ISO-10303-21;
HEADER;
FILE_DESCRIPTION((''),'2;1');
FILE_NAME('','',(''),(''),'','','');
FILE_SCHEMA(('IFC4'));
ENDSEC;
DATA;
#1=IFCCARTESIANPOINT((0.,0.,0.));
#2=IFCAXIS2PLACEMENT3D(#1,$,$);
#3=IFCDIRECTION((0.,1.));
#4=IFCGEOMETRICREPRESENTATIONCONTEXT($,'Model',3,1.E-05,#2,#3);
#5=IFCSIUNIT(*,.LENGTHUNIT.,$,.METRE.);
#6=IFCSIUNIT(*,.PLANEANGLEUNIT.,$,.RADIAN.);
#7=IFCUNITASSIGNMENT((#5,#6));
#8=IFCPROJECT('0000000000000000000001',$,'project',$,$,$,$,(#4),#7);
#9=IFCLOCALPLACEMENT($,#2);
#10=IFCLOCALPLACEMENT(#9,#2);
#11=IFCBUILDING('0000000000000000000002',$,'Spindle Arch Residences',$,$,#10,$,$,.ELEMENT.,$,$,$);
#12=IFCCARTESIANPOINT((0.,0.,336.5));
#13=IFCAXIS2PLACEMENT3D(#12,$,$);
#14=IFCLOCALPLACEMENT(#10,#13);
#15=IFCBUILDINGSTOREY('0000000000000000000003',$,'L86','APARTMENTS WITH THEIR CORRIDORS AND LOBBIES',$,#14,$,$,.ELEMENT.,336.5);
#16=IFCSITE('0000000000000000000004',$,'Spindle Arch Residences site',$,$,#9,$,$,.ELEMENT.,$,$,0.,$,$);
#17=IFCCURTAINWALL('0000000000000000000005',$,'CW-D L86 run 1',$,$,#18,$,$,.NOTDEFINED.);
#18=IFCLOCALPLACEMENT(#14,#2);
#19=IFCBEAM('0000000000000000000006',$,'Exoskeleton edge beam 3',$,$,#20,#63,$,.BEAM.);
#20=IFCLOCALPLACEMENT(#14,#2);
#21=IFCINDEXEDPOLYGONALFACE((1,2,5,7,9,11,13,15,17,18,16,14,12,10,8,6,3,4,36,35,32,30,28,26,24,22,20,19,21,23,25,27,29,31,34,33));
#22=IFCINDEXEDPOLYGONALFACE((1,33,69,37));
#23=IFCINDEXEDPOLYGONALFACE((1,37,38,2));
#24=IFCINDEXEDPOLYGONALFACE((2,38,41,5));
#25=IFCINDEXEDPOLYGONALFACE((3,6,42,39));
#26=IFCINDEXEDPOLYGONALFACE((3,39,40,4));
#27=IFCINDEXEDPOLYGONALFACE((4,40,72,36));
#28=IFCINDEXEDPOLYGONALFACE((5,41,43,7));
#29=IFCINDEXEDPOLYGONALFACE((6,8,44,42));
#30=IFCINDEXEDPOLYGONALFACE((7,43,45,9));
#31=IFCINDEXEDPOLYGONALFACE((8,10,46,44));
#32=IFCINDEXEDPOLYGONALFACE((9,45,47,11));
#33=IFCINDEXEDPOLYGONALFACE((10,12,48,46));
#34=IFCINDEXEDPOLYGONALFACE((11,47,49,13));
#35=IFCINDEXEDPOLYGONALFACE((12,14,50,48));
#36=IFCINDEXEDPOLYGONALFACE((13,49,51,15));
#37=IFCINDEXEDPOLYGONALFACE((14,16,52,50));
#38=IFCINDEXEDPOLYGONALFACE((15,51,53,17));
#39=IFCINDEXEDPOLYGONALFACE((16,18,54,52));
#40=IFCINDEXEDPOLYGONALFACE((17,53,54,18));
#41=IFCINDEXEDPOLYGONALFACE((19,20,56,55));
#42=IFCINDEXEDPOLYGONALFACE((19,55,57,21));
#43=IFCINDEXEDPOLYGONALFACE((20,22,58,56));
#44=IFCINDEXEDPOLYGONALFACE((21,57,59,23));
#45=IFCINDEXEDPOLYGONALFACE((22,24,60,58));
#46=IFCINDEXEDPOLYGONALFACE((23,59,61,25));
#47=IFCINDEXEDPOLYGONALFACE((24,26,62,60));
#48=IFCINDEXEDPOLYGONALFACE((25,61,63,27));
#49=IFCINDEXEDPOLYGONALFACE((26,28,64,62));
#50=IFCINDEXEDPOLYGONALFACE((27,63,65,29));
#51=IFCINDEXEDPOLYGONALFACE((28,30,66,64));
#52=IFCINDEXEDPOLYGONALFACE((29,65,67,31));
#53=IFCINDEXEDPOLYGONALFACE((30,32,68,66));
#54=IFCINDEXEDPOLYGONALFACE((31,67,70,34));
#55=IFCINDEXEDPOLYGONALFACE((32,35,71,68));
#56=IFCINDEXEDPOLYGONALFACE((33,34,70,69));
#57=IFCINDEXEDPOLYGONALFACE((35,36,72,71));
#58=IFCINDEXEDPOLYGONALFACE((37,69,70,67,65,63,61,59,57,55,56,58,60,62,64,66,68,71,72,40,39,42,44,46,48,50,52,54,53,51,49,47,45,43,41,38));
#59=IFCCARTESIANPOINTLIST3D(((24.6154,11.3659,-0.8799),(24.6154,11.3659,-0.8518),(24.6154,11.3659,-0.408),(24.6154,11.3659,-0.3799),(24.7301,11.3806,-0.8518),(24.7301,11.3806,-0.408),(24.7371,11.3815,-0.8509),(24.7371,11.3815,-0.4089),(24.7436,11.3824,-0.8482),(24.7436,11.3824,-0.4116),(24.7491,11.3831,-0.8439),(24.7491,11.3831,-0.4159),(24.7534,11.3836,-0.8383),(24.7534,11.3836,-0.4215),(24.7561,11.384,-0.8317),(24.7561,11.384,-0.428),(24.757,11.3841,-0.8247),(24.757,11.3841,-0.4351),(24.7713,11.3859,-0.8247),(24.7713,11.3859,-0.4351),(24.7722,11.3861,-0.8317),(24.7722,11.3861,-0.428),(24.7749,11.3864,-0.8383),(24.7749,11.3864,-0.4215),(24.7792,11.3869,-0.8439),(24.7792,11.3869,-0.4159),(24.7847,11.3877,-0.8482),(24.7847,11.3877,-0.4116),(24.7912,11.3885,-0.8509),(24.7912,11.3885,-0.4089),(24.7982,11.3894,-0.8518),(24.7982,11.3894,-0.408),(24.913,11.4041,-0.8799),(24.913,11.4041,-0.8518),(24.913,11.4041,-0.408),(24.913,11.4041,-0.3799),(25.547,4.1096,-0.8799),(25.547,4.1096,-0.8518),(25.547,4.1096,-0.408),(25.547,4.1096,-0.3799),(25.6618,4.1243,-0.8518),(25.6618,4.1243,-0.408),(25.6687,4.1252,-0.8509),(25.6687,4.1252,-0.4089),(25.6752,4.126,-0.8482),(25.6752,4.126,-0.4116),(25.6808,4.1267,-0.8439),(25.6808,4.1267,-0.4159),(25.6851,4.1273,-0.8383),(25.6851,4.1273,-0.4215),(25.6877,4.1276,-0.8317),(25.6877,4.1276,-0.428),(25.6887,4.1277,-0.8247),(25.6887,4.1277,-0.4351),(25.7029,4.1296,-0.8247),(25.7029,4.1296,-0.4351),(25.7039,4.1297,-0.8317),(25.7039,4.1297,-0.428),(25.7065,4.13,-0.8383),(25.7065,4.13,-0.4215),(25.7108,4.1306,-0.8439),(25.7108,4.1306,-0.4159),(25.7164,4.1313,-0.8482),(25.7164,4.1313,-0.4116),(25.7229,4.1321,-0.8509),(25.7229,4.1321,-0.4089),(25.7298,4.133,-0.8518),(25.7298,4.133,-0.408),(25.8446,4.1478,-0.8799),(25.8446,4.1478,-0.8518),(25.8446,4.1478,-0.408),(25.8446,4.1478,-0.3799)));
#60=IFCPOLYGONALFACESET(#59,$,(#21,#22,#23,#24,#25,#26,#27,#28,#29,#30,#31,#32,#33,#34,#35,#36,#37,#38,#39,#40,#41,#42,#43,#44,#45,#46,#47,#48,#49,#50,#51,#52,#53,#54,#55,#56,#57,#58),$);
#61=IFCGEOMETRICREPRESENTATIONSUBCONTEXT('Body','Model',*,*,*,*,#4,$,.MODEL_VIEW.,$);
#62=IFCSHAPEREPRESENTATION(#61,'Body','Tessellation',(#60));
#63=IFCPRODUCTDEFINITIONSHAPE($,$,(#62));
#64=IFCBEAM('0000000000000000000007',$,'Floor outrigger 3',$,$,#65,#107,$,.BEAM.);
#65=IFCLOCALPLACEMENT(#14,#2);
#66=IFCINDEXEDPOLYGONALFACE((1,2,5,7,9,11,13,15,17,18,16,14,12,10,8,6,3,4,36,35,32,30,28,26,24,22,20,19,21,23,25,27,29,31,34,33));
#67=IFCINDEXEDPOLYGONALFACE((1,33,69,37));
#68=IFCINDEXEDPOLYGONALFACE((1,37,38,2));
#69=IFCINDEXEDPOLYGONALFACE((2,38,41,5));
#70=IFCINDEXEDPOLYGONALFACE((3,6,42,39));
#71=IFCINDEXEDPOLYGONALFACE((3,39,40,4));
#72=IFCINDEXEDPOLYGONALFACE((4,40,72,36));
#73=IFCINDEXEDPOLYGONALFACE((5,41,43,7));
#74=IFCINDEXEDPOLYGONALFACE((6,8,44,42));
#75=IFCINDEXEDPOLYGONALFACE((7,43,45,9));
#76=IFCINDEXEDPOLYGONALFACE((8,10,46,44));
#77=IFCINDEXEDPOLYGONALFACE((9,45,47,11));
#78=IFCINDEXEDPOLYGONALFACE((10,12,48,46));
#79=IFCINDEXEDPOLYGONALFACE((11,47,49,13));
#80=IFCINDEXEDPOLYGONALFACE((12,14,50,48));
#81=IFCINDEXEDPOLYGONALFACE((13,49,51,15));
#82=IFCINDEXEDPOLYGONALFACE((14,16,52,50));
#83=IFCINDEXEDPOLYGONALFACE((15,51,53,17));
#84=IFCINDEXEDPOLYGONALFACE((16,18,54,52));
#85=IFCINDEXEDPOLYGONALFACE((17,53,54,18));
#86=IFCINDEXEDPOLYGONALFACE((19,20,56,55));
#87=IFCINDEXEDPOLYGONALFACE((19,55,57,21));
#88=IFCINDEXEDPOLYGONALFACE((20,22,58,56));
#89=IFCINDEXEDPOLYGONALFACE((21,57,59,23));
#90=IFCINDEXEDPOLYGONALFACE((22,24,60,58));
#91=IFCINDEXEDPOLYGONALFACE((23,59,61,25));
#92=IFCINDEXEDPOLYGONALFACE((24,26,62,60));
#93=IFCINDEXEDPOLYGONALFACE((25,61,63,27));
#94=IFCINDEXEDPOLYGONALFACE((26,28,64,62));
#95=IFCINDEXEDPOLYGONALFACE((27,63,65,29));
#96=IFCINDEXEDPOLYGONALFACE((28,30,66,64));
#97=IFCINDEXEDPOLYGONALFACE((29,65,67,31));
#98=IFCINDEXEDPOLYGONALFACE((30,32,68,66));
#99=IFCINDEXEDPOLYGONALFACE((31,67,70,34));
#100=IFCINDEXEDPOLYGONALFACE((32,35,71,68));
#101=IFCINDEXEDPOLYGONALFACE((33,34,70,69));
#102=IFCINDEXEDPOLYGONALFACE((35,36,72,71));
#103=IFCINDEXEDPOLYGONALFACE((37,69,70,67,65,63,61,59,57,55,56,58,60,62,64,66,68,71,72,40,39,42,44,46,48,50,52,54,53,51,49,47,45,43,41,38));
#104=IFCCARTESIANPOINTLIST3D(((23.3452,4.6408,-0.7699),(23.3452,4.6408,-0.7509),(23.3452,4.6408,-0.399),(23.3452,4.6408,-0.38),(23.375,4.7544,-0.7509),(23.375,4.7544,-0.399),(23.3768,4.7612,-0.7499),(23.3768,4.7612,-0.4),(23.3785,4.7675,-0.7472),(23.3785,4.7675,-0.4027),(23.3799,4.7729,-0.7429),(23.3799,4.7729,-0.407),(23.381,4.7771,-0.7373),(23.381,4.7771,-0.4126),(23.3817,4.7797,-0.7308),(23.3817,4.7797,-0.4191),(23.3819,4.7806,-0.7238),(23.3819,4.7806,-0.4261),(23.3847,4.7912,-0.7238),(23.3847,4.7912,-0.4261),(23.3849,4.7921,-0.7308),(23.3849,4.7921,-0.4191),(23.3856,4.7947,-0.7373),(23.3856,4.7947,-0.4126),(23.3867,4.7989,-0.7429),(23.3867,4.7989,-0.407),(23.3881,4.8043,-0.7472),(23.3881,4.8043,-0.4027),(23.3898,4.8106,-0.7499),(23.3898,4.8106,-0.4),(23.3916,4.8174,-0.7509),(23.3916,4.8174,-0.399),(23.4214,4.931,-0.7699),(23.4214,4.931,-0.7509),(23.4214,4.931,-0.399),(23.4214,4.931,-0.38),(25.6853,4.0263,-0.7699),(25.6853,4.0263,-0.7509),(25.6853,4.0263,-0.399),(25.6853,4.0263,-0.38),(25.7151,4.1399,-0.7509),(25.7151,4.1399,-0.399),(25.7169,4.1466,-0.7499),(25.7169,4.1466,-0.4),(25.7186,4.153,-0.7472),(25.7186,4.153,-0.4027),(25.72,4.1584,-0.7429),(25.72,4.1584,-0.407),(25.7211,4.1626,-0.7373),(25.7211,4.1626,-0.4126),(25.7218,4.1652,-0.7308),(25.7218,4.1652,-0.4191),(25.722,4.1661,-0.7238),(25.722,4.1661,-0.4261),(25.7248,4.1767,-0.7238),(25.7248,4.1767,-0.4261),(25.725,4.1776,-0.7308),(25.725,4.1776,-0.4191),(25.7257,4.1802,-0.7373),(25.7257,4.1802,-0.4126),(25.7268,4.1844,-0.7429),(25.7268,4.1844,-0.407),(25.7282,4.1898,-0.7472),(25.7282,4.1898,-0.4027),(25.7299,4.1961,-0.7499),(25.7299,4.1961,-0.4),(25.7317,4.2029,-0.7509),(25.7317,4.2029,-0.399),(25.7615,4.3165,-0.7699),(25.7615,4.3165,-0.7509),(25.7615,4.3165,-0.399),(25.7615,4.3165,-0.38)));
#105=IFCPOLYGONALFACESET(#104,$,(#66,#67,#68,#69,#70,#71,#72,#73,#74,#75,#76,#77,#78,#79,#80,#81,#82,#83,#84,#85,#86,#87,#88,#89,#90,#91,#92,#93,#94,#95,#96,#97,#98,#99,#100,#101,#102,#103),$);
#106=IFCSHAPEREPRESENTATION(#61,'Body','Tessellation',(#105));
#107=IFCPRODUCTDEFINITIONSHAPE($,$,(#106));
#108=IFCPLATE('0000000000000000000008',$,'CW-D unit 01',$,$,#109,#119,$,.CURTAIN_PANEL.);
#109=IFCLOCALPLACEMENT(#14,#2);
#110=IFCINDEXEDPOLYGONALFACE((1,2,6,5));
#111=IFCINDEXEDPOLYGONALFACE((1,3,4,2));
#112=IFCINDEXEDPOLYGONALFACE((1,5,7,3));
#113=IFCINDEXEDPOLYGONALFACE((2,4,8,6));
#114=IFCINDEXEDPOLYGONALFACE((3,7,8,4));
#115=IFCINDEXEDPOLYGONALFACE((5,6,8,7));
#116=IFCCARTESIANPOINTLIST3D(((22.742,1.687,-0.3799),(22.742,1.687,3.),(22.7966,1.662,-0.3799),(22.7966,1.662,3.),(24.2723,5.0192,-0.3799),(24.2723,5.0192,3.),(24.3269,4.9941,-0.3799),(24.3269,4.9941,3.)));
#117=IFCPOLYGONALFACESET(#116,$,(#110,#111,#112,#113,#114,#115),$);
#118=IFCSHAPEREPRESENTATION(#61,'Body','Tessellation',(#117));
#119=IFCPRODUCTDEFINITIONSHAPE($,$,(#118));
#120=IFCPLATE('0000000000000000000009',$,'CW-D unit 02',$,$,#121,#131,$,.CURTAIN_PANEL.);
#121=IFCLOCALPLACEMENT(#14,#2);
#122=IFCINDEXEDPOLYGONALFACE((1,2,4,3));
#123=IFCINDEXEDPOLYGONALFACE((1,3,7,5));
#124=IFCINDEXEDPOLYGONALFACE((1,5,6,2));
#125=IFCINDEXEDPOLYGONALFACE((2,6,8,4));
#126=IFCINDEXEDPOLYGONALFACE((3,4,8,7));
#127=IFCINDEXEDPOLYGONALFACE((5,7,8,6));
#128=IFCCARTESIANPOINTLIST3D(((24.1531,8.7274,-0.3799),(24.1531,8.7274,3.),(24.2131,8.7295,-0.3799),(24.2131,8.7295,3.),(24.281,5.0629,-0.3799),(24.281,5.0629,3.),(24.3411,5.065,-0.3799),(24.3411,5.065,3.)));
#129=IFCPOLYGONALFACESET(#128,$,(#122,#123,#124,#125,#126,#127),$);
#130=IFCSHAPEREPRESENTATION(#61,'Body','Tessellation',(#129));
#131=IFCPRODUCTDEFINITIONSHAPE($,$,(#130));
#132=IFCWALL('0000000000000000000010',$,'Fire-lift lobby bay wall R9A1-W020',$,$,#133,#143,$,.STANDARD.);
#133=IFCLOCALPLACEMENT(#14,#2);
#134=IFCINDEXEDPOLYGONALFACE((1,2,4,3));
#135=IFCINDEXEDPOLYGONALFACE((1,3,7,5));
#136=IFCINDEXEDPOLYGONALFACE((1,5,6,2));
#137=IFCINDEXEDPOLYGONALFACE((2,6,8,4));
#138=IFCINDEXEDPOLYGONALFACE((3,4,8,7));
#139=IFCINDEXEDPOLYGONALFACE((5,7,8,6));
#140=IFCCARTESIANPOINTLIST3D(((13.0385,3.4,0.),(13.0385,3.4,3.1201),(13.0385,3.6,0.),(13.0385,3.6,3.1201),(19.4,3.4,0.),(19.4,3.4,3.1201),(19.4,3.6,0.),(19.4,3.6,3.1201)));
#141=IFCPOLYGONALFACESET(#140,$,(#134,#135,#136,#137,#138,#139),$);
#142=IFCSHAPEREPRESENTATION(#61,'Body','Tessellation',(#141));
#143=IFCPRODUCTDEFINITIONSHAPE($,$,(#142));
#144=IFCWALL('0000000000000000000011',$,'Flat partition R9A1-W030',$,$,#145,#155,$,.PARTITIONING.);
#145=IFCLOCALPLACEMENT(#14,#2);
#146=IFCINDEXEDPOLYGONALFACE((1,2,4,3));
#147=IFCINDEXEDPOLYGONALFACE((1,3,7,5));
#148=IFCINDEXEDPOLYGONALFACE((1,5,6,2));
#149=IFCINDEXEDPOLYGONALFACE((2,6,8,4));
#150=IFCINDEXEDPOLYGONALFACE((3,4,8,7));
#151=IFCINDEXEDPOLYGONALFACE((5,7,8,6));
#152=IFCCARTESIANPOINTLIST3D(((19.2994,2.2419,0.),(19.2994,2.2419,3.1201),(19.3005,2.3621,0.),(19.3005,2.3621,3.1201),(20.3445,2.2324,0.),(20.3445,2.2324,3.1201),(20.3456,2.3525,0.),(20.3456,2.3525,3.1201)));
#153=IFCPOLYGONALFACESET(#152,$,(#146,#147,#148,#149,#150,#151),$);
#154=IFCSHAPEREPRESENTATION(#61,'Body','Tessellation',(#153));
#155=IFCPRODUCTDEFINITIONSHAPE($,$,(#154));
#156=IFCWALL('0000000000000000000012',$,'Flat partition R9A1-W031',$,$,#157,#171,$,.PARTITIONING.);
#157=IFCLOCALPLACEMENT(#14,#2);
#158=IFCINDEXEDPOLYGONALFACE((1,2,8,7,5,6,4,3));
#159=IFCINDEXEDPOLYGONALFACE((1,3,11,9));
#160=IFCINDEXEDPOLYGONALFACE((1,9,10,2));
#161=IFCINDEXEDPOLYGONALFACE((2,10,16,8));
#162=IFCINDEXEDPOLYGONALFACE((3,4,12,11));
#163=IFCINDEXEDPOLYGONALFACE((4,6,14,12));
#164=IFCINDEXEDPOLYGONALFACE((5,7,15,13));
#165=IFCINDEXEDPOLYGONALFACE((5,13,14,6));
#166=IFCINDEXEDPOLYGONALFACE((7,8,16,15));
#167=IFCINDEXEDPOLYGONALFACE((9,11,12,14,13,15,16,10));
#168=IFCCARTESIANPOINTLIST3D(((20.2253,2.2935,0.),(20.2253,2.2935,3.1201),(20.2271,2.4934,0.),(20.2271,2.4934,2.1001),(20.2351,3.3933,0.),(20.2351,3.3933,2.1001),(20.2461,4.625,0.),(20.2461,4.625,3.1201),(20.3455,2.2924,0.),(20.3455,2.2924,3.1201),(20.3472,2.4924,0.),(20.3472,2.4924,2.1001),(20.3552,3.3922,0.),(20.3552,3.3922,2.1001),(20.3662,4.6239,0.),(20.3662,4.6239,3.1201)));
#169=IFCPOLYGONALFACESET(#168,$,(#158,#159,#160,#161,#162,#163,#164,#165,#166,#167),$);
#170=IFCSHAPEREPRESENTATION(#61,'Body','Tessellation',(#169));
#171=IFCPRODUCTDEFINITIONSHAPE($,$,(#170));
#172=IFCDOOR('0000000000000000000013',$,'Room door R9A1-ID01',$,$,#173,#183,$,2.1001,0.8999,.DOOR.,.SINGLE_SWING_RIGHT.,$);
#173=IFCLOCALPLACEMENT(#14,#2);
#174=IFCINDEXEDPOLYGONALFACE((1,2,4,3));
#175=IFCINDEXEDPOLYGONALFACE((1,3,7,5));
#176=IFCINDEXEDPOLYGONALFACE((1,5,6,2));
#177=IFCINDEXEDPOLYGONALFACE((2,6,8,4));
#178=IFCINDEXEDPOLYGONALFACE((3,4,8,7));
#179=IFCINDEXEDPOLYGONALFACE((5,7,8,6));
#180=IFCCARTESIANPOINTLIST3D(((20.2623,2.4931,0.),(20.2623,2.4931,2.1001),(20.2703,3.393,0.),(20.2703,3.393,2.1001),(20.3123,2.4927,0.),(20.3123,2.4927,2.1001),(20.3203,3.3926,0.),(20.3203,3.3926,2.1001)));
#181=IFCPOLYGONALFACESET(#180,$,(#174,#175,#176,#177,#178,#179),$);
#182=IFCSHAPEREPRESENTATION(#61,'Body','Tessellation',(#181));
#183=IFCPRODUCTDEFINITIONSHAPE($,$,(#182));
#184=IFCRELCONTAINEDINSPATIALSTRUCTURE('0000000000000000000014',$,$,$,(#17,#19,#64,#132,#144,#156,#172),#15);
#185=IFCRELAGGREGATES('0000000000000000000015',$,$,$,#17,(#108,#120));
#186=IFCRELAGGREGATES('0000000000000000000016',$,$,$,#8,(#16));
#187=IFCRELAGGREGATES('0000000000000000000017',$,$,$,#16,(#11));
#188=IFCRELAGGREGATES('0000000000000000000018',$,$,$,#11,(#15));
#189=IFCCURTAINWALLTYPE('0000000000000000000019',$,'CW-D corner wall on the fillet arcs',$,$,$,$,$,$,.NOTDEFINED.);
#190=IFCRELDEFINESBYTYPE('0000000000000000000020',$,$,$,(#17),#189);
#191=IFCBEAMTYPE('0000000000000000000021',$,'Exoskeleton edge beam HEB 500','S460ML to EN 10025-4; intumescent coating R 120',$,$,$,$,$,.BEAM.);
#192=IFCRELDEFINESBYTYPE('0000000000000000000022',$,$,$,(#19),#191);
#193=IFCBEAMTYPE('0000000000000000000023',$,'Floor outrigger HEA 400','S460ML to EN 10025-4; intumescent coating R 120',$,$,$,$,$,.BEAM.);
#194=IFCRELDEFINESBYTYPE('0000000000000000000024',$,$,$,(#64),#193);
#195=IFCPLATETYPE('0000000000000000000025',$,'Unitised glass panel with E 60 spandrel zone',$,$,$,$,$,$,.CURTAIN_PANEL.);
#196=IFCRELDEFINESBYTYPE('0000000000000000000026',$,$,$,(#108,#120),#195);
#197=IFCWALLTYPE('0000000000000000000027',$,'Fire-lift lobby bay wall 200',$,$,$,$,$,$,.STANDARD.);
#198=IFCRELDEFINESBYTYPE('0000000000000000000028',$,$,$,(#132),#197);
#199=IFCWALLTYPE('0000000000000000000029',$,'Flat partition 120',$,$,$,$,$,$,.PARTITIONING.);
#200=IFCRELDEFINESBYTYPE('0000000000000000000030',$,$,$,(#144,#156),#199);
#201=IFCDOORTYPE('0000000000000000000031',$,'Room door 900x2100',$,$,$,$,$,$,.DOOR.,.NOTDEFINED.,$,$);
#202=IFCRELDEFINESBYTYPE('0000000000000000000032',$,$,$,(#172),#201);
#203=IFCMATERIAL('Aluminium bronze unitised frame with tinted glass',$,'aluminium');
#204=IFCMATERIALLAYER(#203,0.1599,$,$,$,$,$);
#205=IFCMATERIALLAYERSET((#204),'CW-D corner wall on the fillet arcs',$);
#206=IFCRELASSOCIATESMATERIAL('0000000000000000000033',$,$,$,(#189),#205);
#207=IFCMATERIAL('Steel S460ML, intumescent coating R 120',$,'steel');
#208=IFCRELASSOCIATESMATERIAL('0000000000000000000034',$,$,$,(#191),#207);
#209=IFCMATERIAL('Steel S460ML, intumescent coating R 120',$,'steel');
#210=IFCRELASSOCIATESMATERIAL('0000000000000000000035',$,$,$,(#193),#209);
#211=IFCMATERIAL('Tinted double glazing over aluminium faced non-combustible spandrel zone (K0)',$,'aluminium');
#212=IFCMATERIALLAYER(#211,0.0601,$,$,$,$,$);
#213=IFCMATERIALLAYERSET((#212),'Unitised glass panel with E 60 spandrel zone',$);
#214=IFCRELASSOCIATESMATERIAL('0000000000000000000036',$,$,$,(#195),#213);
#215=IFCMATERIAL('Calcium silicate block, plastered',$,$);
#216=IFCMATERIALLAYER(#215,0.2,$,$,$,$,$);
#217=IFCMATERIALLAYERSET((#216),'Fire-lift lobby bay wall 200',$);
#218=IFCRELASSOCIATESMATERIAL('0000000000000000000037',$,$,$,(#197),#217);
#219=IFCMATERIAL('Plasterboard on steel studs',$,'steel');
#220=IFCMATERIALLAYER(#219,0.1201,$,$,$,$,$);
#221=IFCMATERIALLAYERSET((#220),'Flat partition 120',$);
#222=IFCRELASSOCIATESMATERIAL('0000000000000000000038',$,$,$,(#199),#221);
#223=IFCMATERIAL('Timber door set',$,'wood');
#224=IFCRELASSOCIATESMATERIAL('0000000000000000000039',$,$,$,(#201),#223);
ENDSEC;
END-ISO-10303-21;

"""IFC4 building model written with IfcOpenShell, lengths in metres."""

from ifc_helpers import new_model, si_unit, direction, frame, frame_2d, origin, origin_2d, place, context, subcontext, project, spatial, rectangle, i_section, extrude, material, layer, layer_set, material_profile, profile_set, type_object, element, fill, aggregate, save


model = new_model("IFC4")

# Units and contexts
model_context = context("Model", 3, precision=1e-05, world=origin(), true_north=direction((0.0, 1.0)))
body_context = subcontext(model_context, "Body", "Model", "MODEL_VIEW")
ifc_project = project(units=[si_unit("LENGTHUNIT", "METRE"), si_unit("PLANEANGLEUNIT", "RADIAN")], contexts=[model_context])

# Site, building, storey
site_placement = place(None, origin())
site = spatial("IfcSite", under=ifc_project, at=site_placement, Name="Spindle Arch Residences site", CompositionType="ELEMENT", RefElevation=0.0)
building_placement = place(site_placement, origin())
building = spatial("IfcBuilding", under=site, at=building_placement, Name="Spindle Arch Residences", CompositionType="ELEMENT")
storey_placement = place(building_placement, frame((0.0, 0.0, 336.5)))
storey = spatial("IfcBuildingStorey", under=building, at=storey_placement, Name="L86", Description="APARTMENTS WITH THEIR CORRIDORS AND LOBBIES", CompositionType="ELEMENT", Elevation=336.5)

# Curtain wall
ifc_material_1 = material(Name="Aluminium bronze unitised frame with tinted glass", Category="aluminium")
ifc_layer_1 = layer(ifc_material_1, 0.1599)
ifc_layer_set_1 = layer_set([ifc_layer_1], Name="CW-D corner wall on the fillet arcs")
curtain_wall_type = type_object("IfcCurtainWallType", Name="CW-D corner wall on the fillet arcs", PredefinedType="NOTDEFINED", material=ifc_layer_set_1)
curtain_wall_placement = place(storey_placement, origin())
curtain_wall = element("IfcCurtainWall", 1, at=curtain_wall_placement, inside=storey, type_object=curtain_wall_type, Name="CW-D L86 run 1", PredefinedType="NOTDEFINED")

# Beams
ifc_material_2 = material(Name="Steel S460ML, intumescent coating R 120", Category="steel")
ifc_material_profile_1 = material_profile(ifc_material_2, i_section(OverallWidth=0.3, OverallDepth=0.5, WebThickness=0.0144, FlangeThickness=0.0281, FilletRadius=0.0271, at=origin_2d()), Name="HEB 500")
ifc_profile_set_1 = profile_set([ifc_material_profile_1], Name="Steel S460ML, intumescent coating R 120")
beam_type_1 = type_object("IfcBeamType", Name="Exoskeleton edge beam HEB 500", Description="S460ML to EN 10025-4; intumescent coating R 120", PredefinedType="BEAM", material=ifc_profile_set_1)
beam_1_placement = place(storey_placement, frame((25.6958, 4.1287, -0.6299), z_axis=(-0.127344, 0.991859, 0.0), x_axis=(-0.991859, -0.127344, 0.0)))
element("IfcBeam", 2, at=beam_1_placement, inside=storey, type_object=beam_type_1, Name="Exoskeleton edge beam 3", PredefinedType="BEAM", context=body_context, shape_type="SweptSolid", body=[
    extrude(i_section(OverallWidth=0.3, OverallDepth=0.5, WebThickness=0.0144, FlangeThickness=0.0281, FilletRadius=0.0271, at=origin_2d()), origin(), (0.0, 0.0, 1.0), 7.3159),
])
ifc_material_3 = material(Name="Steel S460ML, intumescent coating R 120", Category="steel")
ifc_material_profile_2 = material_profile(ifc_material_3, i_section(OverallWidth=0.3, OverallDepth=0.3899, WebThickness=0.011, FlangeThickness=0.019, FilletRadius=0.0271, at=origin_2d()), Name="HEA 400")
ifc_profile_set_2 = profile_set([ifc_material_profile_2], Name="Steel S460ML, intumescent coating R 120")
beam_type_2 = type_object("IfcBeamType", Name="Floor outrigger HEA 400", Description="S460ML to EN 10025-4; intumescent coating R 120", PredefinedType="BEAM", material=ifc_profile_set_2)
beam_2_placement = place(storey_placement, frame((25.7234, 4.1714, -0.575), z_axis=(-0.967208, 0.253987, 0.0), x_axis=(-0.253987, -0.967208, 0.0)))
element("IfcBeam", 3, at=beam_2_placement, inside=storey, type_object=beam_type_2, Name="Floor outrigger 3", PredefinedType="BEAM", context=body_context, shape_type="SweptSolid", body=[
    extrude(i_section(OverallWidth=0.3, OverallDepth=0.3899, WebThickness=0.011, FlangeThickness=0.019, FilletRadius=0.0271, at=origin_2d()), origin(), (0.0, 0.0, 1.0), 2.4194),
])

# Plates
ifc_material_4 = material(Name="Tinted double glazing over aluminium faced non-combustible spandrel zone (K0)", Category="aluminium")
ifc_layer_2 = layer(ifc_material_4, 0.0601)
ifc_layer_set_2 = layer_set([ifc_layer_2], Name="Unitised glass panel with E 60 spandrel zone")
plate_type = type_object("IfcPlateType", Name="Unitised glass panel with E 60 spandrel zone", PredefinedType="CURTAIN_PANEL", material=ifc_layer_set_2)
plate_1_placement = place(storey_placement, frame((23.5344, 3.3406, -0.3799), z_axis=(0.0, 0.0, 1.0), x_axis=(0.417338, 0.908751, 0.0)))
plate_1 = element("IfcPlate", 4, at=plate_1_placement, type_object=plate_type, Name="CW-D unit 01", PredefinedType="CURTAIN_PANEL", context=body_context, shape_type="SweptSolid", body=[
    extrude(rectangle(XDim=3.6667, YDim=0.0601, at=origin_2d()), origin(), (0.0, 0.0, 1.0), 3.3799),
])
plate_2_placement = place(storey_placement, frame((24.2471, 6.8962, -0.3799), z_axis=(0.0, 0.0, 1.0), x_axis=(-0.034899, 0.999391, 0.0)))
plate_2 = element("IfcPlate", 5, at=plate_2_placement, type_object=plate_type, Name="CW-D unit 02", PredefinedType="CURTAIN_PANEL", context=body_context, shape_type="SweptSolid", body=[
    extrude(rectangle(XDim=3.6667, YDim=0.0601, at=origin_2d()), origin(), (0.0, 0.0, 1.0), 3.3799),
])
aggregate(curtain_wall, [plate_1, plate_2])

# Walls
ifc_material_5 = material(Name="Calcium silicate block, plastered")
ifc_layer_3 = layer(ifc_material_5, 0.2)
ifc_layer_set_3 = layer_set([ifc_layer_3], Name="Fire-lift lobby bay wall 200")
wall_type_1 = type_object("IfcWallType", Name="Fire-lift lobby bay wall 200", PredefinedType="STANDARD", material=ifc_layer_set_3)
wall_1_placement = place(storey_placement, frame((19.3999, 3.5, 0.0), z_axis=(0.0, 0.0, 1.0), x_axis=(-1.0, 0.0, 0.0)))
element("IfcWall", 6, at=wall_1_placement, inside=storey, type_object=wall_type_1, Name="Fire-lift lobby bay wall R9A1-W020", PredefinedType="STANDARD", context=body_context, shape_type="SweptSolid", body=[
    extrude(rectangle(XDim=6.3616, YDim=0.2, at=frame_2d((3.1807, 0.0))), origin(), (0.0, 0.0, 1.0), 3.1201),
])
ifc_material_6 = material(Name="Plasterboard on steel studs", Category="steel")
ifc_layer_4 = layer(ifc_material_6, 0.1201)
ifc_layer_set_4 = layer_set([ifc_layer_4], Name="Flat partition 120")
wall_type_2 = type_object("IfcWallType", Name="Flat partition 120", PredefinedType="PARTITIONING", material=ifc_layer_set_4)
wall_2_placement = place(storey_placement, frame((19.3, 2.302, 0.0), z_axis=(0.0, 0.0, 1.0), x_axis=(0.999959, -0.00911, 0.0)))
element("IfcWall", 7, at=wall_2_placement, inside=storey, type_object=wall_type_2, Name="Flat partition R9A1-W030", PredefinedType="PARTITIONING", context=body_context, shape_type="SweptSolid", body=[
    extrude(rectangle(XDim=1.0452, YDim=0.1201, at=frame_2d((0.5225, 0.0))), origin(), (0.0, 0.0, 1.0), 3.1201),
])

# Wall, opening, door
wall_3_placement = place(storey_placement, frame((20.2854, 2.293, 0.0), z_axis=(0.0, 0.0, 1.0), x_axis=(0.0089, 0.99996, 0.0)))
wall_3 = element("IfcWall", 8, at=wall_3_placement, inside=storey, type_object=wall_type_2, Name="Flat partition R9A1-W031", PredefinedType="PARTITIONING", context=body_context, shape_type="SweptSolid", body=[
    extrude(rectangle(XDim=2.3315, YDim=0.1201, at=frame_2d((1.1658, 0.0))), origin(), (0.0, 0.0, 1.0), 3.1201),
])
opening_1_placement = place(wall_3_placement, frame((0.2, 0.0, 0.0)))
opening_1 = element("IfcOpeningElement", 9, at=opening_1_placement, cuts=wall_3, PredefinedType="OPENING", context=body_context, shape_type="SweptSolid", body=[
    extrude(rectangle(XDim=0.8999, YDim=2.1001, at=frame_2d((0.45, 1.05))), frame((0.0, 0.0701, 0.0), z_axis=(0.0, -1.0, 0.0), x_axis=(1.0, 0.0, 0.0)), (0.0, 0.0, 1.0), 0.1401),
])
ifc_material_7 = material(Name="Timber door set", Category="wood")
door_type = type_object("IfcDoorType", Name="Room door 900x2100", OperationType="NOTDEFINED", PredefinedType="DOOR", material=ifc_material_7)
door_1_placement = place(opening_1_placement, origin())
door_1 = element("IfcDoor", 10, at=door_1_placement, inside=storey, type_object=door_type, Name="Room door R9A1-ID01", OperationType="SINGLE_SWING_RIGHT", OverallHeight=2.1001, OverallWidth=0.8999, PredefinedType="DOOR", context=body_context, shape_type="SweptSolid", body=[
    extrude(rectangle(XDim=0.8999, YDim=2.1001, at=frame_2d((0.45, 1.05))), frame((0.0, 0.0249, 0.0), z_axis=(0.0, -1.0, 0.0), x_axis=(1.0, 0.0, 0.0)), (0.0, 0.0, 1.0), 0.05),
])
fill(opening_1, door_1)

save(model, "model.ifc")
